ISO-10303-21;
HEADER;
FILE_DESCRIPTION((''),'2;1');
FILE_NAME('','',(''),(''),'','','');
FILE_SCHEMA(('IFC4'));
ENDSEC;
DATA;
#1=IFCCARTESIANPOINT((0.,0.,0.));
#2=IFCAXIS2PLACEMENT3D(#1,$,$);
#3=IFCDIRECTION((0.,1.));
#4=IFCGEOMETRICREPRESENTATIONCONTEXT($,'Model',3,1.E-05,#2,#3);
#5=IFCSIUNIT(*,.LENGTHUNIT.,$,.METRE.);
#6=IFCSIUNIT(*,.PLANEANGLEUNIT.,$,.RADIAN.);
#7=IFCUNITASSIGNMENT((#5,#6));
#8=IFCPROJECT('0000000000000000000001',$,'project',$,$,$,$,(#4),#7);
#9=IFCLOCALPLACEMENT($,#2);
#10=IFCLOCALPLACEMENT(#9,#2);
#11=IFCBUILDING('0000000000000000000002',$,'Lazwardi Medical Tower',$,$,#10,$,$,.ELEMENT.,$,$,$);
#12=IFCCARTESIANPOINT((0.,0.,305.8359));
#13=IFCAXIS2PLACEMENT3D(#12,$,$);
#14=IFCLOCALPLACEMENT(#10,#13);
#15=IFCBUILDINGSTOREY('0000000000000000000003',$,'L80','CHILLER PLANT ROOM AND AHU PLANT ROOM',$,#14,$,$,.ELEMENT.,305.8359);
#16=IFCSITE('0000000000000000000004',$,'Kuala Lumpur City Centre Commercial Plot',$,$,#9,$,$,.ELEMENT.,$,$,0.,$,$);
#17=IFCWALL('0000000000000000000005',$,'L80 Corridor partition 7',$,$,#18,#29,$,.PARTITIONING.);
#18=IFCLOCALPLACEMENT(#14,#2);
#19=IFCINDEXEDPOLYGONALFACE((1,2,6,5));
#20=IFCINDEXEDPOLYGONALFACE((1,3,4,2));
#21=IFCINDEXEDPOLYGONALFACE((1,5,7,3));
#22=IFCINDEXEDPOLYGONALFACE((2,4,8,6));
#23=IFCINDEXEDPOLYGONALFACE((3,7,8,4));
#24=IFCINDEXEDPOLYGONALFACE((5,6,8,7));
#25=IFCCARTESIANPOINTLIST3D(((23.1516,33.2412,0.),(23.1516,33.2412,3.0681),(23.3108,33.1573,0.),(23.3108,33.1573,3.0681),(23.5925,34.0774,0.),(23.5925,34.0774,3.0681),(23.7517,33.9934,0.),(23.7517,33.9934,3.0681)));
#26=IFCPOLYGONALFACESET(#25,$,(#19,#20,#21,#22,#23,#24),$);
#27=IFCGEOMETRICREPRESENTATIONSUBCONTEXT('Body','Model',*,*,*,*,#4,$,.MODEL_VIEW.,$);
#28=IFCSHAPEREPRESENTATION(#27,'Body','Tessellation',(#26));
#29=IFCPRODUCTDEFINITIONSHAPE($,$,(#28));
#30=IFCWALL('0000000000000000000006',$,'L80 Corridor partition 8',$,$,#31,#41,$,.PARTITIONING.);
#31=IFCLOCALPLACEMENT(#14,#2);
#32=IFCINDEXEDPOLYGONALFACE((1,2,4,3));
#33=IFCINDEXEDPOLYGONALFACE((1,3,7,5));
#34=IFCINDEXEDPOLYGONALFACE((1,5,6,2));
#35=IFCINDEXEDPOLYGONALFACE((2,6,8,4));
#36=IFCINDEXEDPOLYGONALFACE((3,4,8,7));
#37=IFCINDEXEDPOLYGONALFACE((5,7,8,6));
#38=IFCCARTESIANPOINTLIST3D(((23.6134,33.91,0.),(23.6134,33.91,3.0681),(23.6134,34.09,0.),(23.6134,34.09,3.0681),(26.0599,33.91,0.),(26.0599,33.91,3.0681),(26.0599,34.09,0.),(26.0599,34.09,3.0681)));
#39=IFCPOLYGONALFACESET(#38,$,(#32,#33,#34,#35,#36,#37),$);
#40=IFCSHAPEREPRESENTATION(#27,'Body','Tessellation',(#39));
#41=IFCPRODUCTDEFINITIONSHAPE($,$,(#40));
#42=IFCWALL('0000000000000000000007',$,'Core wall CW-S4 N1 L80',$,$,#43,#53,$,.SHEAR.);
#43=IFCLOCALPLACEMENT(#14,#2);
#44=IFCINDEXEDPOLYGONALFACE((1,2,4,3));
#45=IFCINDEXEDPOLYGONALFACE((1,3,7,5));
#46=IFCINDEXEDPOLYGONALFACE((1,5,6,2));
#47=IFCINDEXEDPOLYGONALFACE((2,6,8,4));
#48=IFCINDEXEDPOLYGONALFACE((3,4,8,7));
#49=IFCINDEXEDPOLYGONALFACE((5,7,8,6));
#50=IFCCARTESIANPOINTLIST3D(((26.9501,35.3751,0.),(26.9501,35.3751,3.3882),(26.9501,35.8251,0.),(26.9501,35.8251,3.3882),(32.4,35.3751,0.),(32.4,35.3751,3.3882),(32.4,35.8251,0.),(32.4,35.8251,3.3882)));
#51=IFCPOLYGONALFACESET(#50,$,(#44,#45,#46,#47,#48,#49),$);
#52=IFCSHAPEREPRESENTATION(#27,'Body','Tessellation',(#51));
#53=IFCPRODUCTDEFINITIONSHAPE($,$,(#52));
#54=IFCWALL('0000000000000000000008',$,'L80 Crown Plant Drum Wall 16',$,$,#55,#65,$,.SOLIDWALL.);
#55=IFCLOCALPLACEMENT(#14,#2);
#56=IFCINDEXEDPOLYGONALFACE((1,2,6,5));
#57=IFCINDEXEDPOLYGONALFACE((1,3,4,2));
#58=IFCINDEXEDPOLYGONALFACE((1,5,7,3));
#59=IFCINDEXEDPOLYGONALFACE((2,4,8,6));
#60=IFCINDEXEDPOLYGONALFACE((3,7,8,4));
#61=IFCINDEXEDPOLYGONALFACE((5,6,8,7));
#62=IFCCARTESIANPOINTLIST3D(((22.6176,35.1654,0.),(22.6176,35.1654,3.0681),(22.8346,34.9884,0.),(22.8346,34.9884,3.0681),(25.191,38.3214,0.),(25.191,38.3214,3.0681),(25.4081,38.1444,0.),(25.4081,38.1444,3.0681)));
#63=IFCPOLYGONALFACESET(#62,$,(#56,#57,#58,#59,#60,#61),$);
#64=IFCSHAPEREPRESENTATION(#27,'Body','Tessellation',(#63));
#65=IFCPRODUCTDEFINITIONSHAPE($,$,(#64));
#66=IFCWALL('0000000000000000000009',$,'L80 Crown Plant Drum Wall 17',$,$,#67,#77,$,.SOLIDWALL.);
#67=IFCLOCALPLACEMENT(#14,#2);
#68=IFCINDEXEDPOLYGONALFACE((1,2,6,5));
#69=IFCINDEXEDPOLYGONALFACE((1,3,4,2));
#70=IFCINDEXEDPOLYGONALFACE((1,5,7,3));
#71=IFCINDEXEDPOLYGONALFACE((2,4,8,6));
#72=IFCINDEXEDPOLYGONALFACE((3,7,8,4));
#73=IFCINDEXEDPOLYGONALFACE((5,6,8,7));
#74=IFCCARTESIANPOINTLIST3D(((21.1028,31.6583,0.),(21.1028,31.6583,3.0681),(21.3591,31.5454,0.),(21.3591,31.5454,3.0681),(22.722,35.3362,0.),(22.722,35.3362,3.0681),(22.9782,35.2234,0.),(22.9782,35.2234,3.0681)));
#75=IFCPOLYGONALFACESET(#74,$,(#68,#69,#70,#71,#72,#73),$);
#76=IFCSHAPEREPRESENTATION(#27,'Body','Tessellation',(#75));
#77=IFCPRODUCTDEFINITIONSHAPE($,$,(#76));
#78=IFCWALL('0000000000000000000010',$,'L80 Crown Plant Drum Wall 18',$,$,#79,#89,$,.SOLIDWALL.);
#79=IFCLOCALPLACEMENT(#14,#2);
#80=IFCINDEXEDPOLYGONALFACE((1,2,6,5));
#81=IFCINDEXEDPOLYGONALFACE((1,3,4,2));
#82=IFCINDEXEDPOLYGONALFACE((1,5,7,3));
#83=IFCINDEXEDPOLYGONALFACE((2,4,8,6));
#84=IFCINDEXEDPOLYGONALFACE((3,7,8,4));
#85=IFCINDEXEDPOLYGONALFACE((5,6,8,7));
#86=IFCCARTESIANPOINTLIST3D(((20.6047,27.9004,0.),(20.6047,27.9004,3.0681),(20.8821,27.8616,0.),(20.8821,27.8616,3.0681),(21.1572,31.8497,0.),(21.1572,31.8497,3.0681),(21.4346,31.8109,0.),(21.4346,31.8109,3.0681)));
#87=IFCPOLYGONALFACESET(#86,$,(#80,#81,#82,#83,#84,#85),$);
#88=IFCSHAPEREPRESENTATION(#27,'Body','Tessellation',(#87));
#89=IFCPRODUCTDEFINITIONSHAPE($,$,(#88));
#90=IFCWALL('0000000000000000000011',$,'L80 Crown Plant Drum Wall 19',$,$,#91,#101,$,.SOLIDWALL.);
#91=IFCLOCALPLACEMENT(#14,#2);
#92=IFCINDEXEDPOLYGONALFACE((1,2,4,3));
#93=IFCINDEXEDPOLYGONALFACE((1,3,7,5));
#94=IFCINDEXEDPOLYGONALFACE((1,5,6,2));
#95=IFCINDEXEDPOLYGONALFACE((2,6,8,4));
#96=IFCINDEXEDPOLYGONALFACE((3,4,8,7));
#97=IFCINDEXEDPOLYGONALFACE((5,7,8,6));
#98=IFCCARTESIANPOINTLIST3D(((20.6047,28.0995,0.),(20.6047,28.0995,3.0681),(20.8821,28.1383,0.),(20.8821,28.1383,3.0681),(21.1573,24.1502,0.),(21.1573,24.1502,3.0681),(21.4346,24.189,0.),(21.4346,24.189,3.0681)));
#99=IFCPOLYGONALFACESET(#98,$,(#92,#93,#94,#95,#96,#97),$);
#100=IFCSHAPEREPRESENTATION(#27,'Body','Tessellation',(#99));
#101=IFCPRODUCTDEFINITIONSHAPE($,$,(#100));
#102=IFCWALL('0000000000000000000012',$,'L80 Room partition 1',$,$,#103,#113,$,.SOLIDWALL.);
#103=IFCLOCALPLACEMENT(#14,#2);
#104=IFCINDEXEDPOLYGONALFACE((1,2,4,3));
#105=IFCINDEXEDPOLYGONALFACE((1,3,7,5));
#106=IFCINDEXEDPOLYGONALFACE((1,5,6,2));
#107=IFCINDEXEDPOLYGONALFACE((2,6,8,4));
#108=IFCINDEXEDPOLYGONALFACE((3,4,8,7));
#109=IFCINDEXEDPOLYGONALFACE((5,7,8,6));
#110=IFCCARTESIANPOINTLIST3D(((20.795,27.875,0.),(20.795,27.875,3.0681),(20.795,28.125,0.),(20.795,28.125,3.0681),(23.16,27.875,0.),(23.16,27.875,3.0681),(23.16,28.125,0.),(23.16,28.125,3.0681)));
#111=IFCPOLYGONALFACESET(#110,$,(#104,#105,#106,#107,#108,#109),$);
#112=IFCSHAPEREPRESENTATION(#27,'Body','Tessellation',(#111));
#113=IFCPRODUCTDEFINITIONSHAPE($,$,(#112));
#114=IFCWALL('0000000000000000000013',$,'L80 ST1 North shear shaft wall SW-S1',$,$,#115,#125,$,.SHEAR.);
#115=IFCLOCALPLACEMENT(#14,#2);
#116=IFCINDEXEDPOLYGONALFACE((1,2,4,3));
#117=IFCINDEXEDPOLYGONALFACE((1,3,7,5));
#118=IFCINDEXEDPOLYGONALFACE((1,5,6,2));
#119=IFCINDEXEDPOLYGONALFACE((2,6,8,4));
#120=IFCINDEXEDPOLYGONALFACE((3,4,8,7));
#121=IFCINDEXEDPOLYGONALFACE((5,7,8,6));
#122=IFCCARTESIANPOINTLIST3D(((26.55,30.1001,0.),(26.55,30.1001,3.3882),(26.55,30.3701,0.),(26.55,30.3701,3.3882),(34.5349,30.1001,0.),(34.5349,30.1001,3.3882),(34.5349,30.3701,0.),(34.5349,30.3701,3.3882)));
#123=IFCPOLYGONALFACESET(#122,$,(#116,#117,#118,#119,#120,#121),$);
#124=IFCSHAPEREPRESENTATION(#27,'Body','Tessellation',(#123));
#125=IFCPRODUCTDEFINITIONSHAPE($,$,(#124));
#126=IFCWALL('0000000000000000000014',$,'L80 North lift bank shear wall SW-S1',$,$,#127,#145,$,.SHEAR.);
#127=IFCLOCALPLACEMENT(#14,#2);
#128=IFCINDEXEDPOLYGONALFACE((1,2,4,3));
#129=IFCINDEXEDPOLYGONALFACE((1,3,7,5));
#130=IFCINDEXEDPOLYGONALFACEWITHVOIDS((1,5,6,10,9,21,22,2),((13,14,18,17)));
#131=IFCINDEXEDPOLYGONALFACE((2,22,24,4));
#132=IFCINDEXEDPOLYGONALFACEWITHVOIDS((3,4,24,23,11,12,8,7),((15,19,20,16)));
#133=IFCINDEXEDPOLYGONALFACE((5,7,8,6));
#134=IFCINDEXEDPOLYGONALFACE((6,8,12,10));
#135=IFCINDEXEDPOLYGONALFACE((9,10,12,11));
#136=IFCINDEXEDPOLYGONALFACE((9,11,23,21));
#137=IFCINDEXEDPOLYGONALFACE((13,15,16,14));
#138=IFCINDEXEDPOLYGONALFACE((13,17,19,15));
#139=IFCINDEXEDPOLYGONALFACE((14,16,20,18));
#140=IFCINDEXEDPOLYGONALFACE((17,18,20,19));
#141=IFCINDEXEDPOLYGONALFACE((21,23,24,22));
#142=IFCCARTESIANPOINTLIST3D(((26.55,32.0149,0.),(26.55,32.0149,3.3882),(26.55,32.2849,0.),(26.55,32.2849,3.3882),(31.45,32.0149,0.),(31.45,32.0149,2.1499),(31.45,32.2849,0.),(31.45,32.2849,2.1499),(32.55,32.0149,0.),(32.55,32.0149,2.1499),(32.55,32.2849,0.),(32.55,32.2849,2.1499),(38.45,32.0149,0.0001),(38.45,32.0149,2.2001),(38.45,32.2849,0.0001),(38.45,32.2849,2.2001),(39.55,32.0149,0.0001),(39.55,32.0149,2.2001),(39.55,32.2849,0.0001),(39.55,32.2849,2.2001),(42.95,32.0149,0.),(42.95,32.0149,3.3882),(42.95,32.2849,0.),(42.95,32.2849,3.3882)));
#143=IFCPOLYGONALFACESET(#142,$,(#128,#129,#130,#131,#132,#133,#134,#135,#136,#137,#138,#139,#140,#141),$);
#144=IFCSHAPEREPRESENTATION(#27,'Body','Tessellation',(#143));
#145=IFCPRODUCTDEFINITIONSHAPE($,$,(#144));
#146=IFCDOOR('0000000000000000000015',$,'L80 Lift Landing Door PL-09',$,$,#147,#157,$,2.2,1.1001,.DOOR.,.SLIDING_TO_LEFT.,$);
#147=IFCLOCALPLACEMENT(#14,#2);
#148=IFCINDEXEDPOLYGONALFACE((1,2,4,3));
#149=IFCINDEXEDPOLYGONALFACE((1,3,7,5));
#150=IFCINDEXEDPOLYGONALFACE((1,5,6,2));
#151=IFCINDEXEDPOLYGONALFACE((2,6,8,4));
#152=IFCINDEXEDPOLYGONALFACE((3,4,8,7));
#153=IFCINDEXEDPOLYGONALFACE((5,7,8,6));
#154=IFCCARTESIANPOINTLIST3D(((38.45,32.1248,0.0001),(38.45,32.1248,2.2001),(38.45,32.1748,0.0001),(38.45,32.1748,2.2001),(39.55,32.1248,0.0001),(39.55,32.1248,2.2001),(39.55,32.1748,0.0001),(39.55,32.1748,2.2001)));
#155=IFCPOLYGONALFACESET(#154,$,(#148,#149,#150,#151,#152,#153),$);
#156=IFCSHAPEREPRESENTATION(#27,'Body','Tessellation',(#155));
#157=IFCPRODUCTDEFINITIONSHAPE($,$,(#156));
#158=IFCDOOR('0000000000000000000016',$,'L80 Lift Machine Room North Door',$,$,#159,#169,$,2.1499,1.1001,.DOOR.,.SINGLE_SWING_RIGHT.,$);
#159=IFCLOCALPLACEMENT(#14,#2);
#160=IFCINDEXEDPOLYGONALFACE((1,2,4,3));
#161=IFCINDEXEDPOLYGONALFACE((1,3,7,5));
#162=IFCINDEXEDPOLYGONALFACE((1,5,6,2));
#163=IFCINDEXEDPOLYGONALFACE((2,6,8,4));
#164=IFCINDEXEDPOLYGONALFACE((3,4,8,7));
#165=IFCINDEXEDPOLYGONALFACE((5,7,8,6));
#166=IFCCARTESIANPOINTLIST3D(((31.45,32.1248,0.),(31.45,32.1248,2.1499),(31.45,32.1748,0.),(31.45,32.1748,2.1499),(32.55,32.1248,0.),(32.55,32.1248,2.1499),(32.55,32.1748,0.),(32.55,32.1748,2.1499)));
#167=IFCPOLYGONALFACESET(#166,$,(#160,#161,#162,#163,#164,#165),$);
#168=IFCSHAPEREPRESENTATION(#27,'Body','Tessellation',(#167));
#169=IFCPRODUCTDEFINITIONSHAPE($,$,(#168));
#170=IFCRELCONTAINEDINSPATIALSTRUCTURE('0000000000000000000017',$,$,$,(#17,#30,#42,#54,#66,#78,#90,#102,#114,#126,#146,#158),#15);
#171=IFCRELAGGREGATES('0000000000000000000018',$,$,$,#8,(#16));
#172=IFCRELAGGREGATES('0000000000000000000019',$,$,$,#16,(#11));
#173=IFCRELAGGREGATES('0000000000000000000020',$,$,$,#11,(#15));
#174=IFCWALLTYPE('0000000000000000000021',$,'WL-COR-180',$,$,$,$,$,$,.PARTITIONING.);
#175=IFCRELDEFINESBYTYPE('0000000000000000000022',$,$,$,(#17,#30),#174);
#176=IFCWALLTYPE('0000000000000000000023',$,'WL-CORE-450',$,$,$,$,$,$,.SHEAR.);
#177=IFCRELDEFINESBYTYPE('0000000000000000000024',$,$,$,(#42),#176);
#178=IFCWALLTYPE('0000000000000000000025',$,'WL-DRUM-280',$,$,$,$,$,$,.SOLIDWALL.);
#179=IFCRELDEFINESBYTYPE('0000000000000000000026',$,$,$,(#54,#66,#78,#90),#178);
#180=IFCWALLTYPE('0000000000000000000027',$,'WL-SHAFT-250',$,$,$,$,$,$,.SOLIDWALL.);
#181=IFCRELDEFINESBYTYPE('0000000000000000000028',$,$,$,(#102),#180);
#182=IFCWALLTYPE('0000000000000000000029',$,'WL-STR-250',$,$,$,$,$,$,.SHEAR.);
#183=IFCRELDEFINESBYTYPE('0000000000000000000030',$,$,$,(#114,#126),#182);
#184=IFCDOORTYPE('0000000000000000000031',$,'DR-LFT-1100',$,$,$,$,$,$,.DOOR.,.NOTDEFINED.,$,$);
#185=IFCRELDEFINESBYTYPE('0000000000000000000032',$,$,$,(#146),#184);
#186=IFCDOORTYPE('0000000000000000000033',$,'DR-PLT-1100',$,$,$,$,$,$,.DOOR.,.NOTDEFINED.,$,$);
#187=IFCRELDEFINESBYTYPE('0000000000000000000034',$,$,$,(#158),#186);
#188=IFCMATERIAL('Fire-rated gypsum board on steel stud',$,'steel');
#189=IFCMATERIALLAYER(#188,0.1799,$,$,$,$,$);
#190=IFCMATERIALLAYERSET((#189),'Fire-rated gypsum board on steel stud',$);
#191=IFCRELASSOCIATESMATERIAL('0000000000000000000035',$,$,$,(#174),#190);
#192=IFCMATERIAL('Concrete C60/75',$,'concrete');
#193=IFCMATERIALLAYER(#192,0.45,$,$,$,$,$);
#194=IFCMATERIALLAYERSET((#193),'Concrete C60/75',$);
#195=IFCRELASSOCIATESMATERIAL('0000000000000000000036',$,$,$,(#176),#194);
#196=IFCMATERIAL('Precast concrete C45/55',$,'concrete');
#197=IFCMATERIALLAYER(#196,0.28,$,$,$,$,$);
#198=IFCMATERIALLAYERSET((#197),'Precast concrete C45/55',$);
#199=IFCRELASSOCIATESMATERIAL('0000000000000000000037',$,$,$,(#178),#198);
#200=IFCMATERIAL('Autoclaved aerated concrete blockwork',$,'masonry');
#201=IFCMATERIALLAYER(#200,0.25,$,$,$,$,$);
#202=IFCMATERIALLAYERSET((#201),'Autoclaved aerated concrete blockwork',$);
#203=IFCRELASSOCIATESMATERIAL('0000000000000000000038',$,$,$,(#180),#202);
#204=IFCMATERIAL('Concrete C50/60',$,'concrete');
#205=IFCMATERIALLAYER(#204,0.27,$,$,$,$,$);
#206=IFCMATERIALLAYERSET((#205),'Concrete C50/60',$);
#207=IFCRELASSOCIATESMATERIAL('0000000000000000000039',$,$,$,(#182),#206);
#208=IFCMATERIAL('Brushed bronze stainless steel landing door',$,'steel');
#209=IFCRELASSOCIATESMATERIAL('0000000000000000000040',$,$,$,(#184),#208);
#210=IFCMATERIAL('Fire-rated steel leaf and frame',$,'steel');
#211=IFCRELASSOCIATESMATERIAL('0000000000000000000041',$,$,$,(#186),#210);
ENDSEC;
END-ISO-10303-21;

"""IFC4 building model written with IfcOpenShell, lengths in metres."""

from ifc_helpers import new_model, si_unit, direction, frame, frame_2d, origin, place, context, subcontext, project, spatial, rectangle, extrude, material, layer, layer_set, type_object, element, fill, save


model = new_model("IFC4")

# Units and contexts
model_context = context("Model", 3, precision=1e-05, world=origin(), true_north=direction((0.0, 1.0)))
body_context = subcontext(model_context, "Body", "Model", "MODEL_VIEW")
ifc_project = project(units=[si_unit("LENGTHUNIT", "METRE"), si_unit("PLANEANGLEUNIT", "RADIAN")], contexts=[model_context])

# Site, building, storey
site_placement = place(None, origin())
site = spatial("IfcSite", under=ifc_project, at=site_placement, Name="Kuala Lumpur City Centre Commercial Plot", CompositionType="ELEMENT", RefElevation=0.0)
building_placement = place(site_placement, origin())
building = spatial("IfcBuilding", under=site, at=building_placement, Name="Lazwardi Medical Tower", CompositionType="ELEMENT")
storey_placement = place(building_placement, frame((0.0, 0.0, 305.8359)))
storey = spatial("IfcBuildingStorey", under=building, at=storey_placement, Name="L80", Description="CHILLER PLANT ROOM AND AHU PLANT ROOM", CompositionType="ELEMENT", Elevation=305.8359)

# Shared definitions
ifc_material_1 = material(Name="Concrete C60/75", Category="concrete")

# Walls
ifc_material_2 = material(Name="Fire-rated gypsum board on steel stud", Category="steel")
ifc_layer_1 = layer(ifc_material_2, 0.1799)
ifc_layer_set_1 = layer_set([ifc_layer_1], Name="Fire-rated gypsum board on steel stud")
wall_type_1 = type_object("IfcWallType", Name="WL-COR-180", PredefinedType="PARTITIONING", material=ifc_layer_set_1)
wall_1_placement = place(storey_placement, frame((23.2312, 33.1992, 0.0), z_axis=(0.0, 0.0, 1.0), x_axis=(0.466428, 0.884559, 0.0)))
element("IfcWall", 1, at=wall_1_placement, inside=storey, type_object=wall_type_1, Name="L80 Corridor partition 7", PredefinedType="PARTITIONING", context=body_context, shape_type="SweptSolid", body=[
    extrude(rectangle(XDim=0.9453, YDim=0.1799, at=frame_2d((0.4727, 0.0))), origin(), (0.0, 0.0, 1.0), 3.0681),
])
wall_2_placement = place(storey_placement, frame((23.6135, 34.0, 0.0), z_axis=(0.0, 0.0, 1.0), x_axis=(1.0, 0.0, 0.0)))
element("IfcWall", 2, at=wall_2_placement, inside=storey, type_object=wall_type_1, Name="L80 Corridor partition 8", PredefinedType="PARTITIONING", context=body_context, shape_type="SweptSolid", body=[
    extrude(rectangle(XDim=2.4465, YDim=0.1799, at=frame_2d((1.2231, 0.0))), origin(), (0.0, 0.0, 1.0), 3.0681),
])
ifc_layer_2 = layer(ifc_material_1, 0.45)
ifc_layer_set_2 = layer_set([ifc_layer_2], Name="Concrete C60/75")
wall_type_2 = type_object("IfcWallType", Name="WL-CORE-450", PredefinedType="SHEAR", material=ifc_layer_set_2)
wall_3_placement = place(storey_placement, frame((26.95, 35.6001, 0.0), z_axis=(0.0, 0.0, 1.0), x_axis=(1.0, 0.0, 0.0)))
element("IfcWall", 3, at=wall_3_placement, inside=storey, type_object=wall_type_2, Name="Core wall CW-S4 N1 L80", PredefinedType="SHEAR", context=body_context, shape_type="SweptSolid", body=[
    extrude(rectangle(XDim=5.45, YDim=0.45, at=frame_2d((2.7251, 0.0))), origin(), (0.0, 0.0, 1.0), 3.3882),
])
ifc_material_3 = material(Name="Precast concrete C45/55", Category="concrete")
ifc_layer_3 = layer(ifc_material_3, 0.28)
ifc_layer_set_3 = layer_set([ifc_layer_3], Name="Precast concrete C45/55")
wall_type_3 = type_object("IfcWallType", Name="WL-DRUM-280", PredefinedType="SOLIDWALL", material=ifc_layer_set_3)
wall_4_placement = place(storey_placement, frame((25.2996, 38.2329, 0.0), z_axis=(0.0, 0.0, 1.0), x_axis=(-0.631957, -0.775003, 0.0)))
element("IfcWall", 4, at=wall_4_placement, inside=storey, type_object=wall_type_3, Name="L80 Crown Plant Drum Wall 16", PredefinedType="SOLIDWALL", context=body_context, shape_type="SweptSolid", body=[
    extrude(rectangle(XDim=4.0723, YDim=0.28, at=frame_2d((2.0361, 0.0))), origin(), (0.0, 0.0, 1.0), 3.0681),
])
wall_5_placement = place(storey_placement, frame((22.8501, 35.2798, 0.0), z_axis=(0.0, 0.0, 1.0), x_axis=(-0.402912, -0.915239, 0.0)))
element("IfcWall", 5, at=wall_5_placement, inside=storey, type_object=wall_type_3, Name="L80 Crown Plant Drum Wall 17", PredefinedType="SOLIDWALL", context=body_context, shape_type="SweptSolid", body=[
    extrude(rectangle(XDim=4.0186, YDim=0.28, at=frame_2d((2.0093, 0.0))), origin(), (0.0, 0.0, 1.0), 3.0681),
])
for number, where, z_axis, x_axis, name in (
    (6, (21.2959, 31.8303, 0.0), (0.0, 0.0, 1.0), (-0.138549, -0.990356, 0.0), "L80 Crown Plant Drum Wall 18"),
    (7, (20.7434, 28.1189, 0.0), (0.0, 0.0, 1.0), (0.138549, -0.990356, 0.0), "L80 Crown Plant Drum Wall 19"),
):
    element("IfcWall", number, at=place(storey_placement, frame(where, z_axis=z_axis, x_axis=x_axis)), inside=storey, type_object=wall_type_3, Name=name, PredefinedType="SOLIDWALL", context=body_context, shape_type="SweptSolid", body=[
        extrude(rectangle(XDim=3.9878, YDim=0.28, at=frame_2d((1.9939, 0.0))), origin(), (0.0, 0.0, 1.0), 3.0681),
    ])
ifc_material_4 = material(Name="Autoclaved aerated concrete blockwork", Category="masonry")
ifc_layer_4 = layer(ifc_material_4, 0.25)
ifc_layer_set_4 = layer_set([ifc_layer_4], Name="Autoclaved aerated concrete blockwork")
wall_type_4 = type_object("IfcWallType", Name="WL-SHAFT-250", PredefinedType="SOLIDWALL", material=ifc_layer_set_4)
wall_6_placement = place(storey_placement, frame((20.7949, 28.0, 0.0), z_axis=(0.0, 0.0, 1.0), x_axis=(1.0, 0.0, 0.0)))
element("IfcWall", 8, at=wall_6_placement, inside=storey, type_object=wall_type_4, Name="L80 Room partition 1", PredefinedType="SOLIDWALL", context=body_context, shape_type="SweptSolid", body=[
    extrude(rectangle(XDim=2.365, YDim=0.25, at=frame_2d((1.1826, 0.0))), origin(), (0.0, 0.0, 1.0), 3.0681),
])
ifc_material_5 = material(Name="Concrete C50/60", Category="concrete")
ifc_layer_5 = layer(ifc_material_5, 0.27)
ifc_layer_set_5 = layer_set([ifc_layer_5], Name="Concrete C50/60")
wall_type_5 = type_object("IfcWallType", Name="WL-STR-250", PredefinedType="SHEAR", material=ifc_layer_set_5)
wall_7_placement = place(storey_placement, frame((26.55, 30.2351, 0.0), z_axis=(0.0, 0.0, 1.0), x_axis=(1.0, 0.0, 0.0)))
element("IfcWall", 9, at=wall_7_placement, inside=storey, type_object=wall_type_5, Name="L80 ST1 North shear shaft wall SW-S1", PredefinedType="SHEAR", context=body_context, shape_type="SweptSolid", body=[
    extrude(rectangle(XDim=7.9849, YDim=0.27, at=frame_2d((3.9924, 0.0))), origin(), (0.0, 0.0, 1.0), 3.3882),
])

# Wall, openings, doors
wall_8_placement = place(storey_placement, frame((26.55, 32.1499, 0.0), z_axis=(0.0, 0.0, 1.0), x_axis=(1.0, 0.0, 0.0)))
wall_8 = element("IfcWall", 10, at=wall_8_placement, inside=storey, type_object=wall_type_5, Name="L80 North lift bank shear wall SW-S1", PredefinedType="SHEAR", context=body_context, shape_type="SweptSolid", body=[
    extrude(rectangle(XDim=16.3999, YDim=0.27, at=frame_2d((8.2, 0.0))), origin(), (0.0, 0.0, 1.0), 3.3882),
])
opening_1_placement = place(wall_8_placement, frame((4.8999, 0.0, 0.0)))
opening_1 = element("IfcOpeningElement", 11, at=opening_1_placement, cuts=wall_8, PredefinedType="OPENING", context=body_context, shape_type="SweptSolid", body=[
    extrude(rectangle(XDim=1.1001, YDim=2.1499, at=frame_2d((0.55, 1.075))), frame((0.0, 0.145, 0.0), z_axis=(0.0, -1.0, 0.0), x_axis=(1.0, 0.0, 0.0)), (0.0, 0.0, 1.0), 0.29),
])
opening_2_placement = place(wall_8_placement, frame((11.8999, 0.0, 0.0)))
opening_2 = element("IfcOpeningElement", 12, at=opening_2_placement, cuts=wall_8, PredefinedType="OPENING", context=body_context, shape_type="SweptSolid", body=[
    extrude(rectangle(XDim=1.1001, YDim=2.2, at=frame_2d((0.55, 1.1001))), frame((0.0, 0.145, 0.0), z_axis=(0.0, -1.0, 0.0), x_axis=(1.0, 0.0, 0.0)), (0.0, 0.0, 1.0), 0.29),
])
ifc_material_6 = material(Name="Brushed bronze stainless steel landing door", Category="steel")
door_type_1 = type_object("IfcDoorType", Name="DR-LFT-1100", OperationType="NOTDEFINED", PredefinedType="DOOR", material=ifc_material_6)
door_1_placement = place(opening_2_placement, origin())
door_1 = element("IfcDoor", 13, at=door_1_placement, inside=storey, type_object=door_type_1, Name="L80 Lift Landing Door PL-09", OperationType="SLIDING_TO_LEFT", OverallHeight=2.2, OverallWidth=1.1001, PredefinedType="DOOR", context=body_context, shape_type="SweptSolid", body=[
    extrude(rectangle(XDim=1.1001, YDim=2.2, at=frame_2d((0.55, 1.1001))), frame((0.0, 0.0249, 0.0), z_axis=(0.0, -1.0, 0.0), x_axis=(1.0, 0.0, 0.0)), (0.0, 0.0, 1.0), 0.05),
])
fill(opening_2, door_1)
ifc_material_7 = material(Name="Fire-rated steel leaf and frame", Category="steel")
door_type_2 = type_object("IfcDoorType", Name="DR-PLT-1100", OperationType="NOTDEFINED", PredefinedType="DOOR", material=ifc_material_7)
door_2_placement = place(opening_1_placement, origin())
door_2 = element("IfcDoor", 14, at=door_2_placement, inside=storey, type_object=door_type_2, Name="L80 Lift Machine Room North Door", OperationType="SINGLE_SWING_RIGHT", OverallHeight=2.1499, OverallWidth=1.1001, PredefinedType="DOOR", context=body_context, shape_type="SweptSolid", body=[
    extrude(rectangle(XDim=1.1001, YDim=2.1499, at=frame_2d((0.55, 1.075))), frame((0.0, 0.0249, 0.0), z_axis=(0.0, -1.0, 0.0), x_axis=(1.0, 0.0, 0.0)), (0.0, 0.0, 1.0), 0.05),
])
fill(opening_1, door_2)

save(model, "model.ifc")
